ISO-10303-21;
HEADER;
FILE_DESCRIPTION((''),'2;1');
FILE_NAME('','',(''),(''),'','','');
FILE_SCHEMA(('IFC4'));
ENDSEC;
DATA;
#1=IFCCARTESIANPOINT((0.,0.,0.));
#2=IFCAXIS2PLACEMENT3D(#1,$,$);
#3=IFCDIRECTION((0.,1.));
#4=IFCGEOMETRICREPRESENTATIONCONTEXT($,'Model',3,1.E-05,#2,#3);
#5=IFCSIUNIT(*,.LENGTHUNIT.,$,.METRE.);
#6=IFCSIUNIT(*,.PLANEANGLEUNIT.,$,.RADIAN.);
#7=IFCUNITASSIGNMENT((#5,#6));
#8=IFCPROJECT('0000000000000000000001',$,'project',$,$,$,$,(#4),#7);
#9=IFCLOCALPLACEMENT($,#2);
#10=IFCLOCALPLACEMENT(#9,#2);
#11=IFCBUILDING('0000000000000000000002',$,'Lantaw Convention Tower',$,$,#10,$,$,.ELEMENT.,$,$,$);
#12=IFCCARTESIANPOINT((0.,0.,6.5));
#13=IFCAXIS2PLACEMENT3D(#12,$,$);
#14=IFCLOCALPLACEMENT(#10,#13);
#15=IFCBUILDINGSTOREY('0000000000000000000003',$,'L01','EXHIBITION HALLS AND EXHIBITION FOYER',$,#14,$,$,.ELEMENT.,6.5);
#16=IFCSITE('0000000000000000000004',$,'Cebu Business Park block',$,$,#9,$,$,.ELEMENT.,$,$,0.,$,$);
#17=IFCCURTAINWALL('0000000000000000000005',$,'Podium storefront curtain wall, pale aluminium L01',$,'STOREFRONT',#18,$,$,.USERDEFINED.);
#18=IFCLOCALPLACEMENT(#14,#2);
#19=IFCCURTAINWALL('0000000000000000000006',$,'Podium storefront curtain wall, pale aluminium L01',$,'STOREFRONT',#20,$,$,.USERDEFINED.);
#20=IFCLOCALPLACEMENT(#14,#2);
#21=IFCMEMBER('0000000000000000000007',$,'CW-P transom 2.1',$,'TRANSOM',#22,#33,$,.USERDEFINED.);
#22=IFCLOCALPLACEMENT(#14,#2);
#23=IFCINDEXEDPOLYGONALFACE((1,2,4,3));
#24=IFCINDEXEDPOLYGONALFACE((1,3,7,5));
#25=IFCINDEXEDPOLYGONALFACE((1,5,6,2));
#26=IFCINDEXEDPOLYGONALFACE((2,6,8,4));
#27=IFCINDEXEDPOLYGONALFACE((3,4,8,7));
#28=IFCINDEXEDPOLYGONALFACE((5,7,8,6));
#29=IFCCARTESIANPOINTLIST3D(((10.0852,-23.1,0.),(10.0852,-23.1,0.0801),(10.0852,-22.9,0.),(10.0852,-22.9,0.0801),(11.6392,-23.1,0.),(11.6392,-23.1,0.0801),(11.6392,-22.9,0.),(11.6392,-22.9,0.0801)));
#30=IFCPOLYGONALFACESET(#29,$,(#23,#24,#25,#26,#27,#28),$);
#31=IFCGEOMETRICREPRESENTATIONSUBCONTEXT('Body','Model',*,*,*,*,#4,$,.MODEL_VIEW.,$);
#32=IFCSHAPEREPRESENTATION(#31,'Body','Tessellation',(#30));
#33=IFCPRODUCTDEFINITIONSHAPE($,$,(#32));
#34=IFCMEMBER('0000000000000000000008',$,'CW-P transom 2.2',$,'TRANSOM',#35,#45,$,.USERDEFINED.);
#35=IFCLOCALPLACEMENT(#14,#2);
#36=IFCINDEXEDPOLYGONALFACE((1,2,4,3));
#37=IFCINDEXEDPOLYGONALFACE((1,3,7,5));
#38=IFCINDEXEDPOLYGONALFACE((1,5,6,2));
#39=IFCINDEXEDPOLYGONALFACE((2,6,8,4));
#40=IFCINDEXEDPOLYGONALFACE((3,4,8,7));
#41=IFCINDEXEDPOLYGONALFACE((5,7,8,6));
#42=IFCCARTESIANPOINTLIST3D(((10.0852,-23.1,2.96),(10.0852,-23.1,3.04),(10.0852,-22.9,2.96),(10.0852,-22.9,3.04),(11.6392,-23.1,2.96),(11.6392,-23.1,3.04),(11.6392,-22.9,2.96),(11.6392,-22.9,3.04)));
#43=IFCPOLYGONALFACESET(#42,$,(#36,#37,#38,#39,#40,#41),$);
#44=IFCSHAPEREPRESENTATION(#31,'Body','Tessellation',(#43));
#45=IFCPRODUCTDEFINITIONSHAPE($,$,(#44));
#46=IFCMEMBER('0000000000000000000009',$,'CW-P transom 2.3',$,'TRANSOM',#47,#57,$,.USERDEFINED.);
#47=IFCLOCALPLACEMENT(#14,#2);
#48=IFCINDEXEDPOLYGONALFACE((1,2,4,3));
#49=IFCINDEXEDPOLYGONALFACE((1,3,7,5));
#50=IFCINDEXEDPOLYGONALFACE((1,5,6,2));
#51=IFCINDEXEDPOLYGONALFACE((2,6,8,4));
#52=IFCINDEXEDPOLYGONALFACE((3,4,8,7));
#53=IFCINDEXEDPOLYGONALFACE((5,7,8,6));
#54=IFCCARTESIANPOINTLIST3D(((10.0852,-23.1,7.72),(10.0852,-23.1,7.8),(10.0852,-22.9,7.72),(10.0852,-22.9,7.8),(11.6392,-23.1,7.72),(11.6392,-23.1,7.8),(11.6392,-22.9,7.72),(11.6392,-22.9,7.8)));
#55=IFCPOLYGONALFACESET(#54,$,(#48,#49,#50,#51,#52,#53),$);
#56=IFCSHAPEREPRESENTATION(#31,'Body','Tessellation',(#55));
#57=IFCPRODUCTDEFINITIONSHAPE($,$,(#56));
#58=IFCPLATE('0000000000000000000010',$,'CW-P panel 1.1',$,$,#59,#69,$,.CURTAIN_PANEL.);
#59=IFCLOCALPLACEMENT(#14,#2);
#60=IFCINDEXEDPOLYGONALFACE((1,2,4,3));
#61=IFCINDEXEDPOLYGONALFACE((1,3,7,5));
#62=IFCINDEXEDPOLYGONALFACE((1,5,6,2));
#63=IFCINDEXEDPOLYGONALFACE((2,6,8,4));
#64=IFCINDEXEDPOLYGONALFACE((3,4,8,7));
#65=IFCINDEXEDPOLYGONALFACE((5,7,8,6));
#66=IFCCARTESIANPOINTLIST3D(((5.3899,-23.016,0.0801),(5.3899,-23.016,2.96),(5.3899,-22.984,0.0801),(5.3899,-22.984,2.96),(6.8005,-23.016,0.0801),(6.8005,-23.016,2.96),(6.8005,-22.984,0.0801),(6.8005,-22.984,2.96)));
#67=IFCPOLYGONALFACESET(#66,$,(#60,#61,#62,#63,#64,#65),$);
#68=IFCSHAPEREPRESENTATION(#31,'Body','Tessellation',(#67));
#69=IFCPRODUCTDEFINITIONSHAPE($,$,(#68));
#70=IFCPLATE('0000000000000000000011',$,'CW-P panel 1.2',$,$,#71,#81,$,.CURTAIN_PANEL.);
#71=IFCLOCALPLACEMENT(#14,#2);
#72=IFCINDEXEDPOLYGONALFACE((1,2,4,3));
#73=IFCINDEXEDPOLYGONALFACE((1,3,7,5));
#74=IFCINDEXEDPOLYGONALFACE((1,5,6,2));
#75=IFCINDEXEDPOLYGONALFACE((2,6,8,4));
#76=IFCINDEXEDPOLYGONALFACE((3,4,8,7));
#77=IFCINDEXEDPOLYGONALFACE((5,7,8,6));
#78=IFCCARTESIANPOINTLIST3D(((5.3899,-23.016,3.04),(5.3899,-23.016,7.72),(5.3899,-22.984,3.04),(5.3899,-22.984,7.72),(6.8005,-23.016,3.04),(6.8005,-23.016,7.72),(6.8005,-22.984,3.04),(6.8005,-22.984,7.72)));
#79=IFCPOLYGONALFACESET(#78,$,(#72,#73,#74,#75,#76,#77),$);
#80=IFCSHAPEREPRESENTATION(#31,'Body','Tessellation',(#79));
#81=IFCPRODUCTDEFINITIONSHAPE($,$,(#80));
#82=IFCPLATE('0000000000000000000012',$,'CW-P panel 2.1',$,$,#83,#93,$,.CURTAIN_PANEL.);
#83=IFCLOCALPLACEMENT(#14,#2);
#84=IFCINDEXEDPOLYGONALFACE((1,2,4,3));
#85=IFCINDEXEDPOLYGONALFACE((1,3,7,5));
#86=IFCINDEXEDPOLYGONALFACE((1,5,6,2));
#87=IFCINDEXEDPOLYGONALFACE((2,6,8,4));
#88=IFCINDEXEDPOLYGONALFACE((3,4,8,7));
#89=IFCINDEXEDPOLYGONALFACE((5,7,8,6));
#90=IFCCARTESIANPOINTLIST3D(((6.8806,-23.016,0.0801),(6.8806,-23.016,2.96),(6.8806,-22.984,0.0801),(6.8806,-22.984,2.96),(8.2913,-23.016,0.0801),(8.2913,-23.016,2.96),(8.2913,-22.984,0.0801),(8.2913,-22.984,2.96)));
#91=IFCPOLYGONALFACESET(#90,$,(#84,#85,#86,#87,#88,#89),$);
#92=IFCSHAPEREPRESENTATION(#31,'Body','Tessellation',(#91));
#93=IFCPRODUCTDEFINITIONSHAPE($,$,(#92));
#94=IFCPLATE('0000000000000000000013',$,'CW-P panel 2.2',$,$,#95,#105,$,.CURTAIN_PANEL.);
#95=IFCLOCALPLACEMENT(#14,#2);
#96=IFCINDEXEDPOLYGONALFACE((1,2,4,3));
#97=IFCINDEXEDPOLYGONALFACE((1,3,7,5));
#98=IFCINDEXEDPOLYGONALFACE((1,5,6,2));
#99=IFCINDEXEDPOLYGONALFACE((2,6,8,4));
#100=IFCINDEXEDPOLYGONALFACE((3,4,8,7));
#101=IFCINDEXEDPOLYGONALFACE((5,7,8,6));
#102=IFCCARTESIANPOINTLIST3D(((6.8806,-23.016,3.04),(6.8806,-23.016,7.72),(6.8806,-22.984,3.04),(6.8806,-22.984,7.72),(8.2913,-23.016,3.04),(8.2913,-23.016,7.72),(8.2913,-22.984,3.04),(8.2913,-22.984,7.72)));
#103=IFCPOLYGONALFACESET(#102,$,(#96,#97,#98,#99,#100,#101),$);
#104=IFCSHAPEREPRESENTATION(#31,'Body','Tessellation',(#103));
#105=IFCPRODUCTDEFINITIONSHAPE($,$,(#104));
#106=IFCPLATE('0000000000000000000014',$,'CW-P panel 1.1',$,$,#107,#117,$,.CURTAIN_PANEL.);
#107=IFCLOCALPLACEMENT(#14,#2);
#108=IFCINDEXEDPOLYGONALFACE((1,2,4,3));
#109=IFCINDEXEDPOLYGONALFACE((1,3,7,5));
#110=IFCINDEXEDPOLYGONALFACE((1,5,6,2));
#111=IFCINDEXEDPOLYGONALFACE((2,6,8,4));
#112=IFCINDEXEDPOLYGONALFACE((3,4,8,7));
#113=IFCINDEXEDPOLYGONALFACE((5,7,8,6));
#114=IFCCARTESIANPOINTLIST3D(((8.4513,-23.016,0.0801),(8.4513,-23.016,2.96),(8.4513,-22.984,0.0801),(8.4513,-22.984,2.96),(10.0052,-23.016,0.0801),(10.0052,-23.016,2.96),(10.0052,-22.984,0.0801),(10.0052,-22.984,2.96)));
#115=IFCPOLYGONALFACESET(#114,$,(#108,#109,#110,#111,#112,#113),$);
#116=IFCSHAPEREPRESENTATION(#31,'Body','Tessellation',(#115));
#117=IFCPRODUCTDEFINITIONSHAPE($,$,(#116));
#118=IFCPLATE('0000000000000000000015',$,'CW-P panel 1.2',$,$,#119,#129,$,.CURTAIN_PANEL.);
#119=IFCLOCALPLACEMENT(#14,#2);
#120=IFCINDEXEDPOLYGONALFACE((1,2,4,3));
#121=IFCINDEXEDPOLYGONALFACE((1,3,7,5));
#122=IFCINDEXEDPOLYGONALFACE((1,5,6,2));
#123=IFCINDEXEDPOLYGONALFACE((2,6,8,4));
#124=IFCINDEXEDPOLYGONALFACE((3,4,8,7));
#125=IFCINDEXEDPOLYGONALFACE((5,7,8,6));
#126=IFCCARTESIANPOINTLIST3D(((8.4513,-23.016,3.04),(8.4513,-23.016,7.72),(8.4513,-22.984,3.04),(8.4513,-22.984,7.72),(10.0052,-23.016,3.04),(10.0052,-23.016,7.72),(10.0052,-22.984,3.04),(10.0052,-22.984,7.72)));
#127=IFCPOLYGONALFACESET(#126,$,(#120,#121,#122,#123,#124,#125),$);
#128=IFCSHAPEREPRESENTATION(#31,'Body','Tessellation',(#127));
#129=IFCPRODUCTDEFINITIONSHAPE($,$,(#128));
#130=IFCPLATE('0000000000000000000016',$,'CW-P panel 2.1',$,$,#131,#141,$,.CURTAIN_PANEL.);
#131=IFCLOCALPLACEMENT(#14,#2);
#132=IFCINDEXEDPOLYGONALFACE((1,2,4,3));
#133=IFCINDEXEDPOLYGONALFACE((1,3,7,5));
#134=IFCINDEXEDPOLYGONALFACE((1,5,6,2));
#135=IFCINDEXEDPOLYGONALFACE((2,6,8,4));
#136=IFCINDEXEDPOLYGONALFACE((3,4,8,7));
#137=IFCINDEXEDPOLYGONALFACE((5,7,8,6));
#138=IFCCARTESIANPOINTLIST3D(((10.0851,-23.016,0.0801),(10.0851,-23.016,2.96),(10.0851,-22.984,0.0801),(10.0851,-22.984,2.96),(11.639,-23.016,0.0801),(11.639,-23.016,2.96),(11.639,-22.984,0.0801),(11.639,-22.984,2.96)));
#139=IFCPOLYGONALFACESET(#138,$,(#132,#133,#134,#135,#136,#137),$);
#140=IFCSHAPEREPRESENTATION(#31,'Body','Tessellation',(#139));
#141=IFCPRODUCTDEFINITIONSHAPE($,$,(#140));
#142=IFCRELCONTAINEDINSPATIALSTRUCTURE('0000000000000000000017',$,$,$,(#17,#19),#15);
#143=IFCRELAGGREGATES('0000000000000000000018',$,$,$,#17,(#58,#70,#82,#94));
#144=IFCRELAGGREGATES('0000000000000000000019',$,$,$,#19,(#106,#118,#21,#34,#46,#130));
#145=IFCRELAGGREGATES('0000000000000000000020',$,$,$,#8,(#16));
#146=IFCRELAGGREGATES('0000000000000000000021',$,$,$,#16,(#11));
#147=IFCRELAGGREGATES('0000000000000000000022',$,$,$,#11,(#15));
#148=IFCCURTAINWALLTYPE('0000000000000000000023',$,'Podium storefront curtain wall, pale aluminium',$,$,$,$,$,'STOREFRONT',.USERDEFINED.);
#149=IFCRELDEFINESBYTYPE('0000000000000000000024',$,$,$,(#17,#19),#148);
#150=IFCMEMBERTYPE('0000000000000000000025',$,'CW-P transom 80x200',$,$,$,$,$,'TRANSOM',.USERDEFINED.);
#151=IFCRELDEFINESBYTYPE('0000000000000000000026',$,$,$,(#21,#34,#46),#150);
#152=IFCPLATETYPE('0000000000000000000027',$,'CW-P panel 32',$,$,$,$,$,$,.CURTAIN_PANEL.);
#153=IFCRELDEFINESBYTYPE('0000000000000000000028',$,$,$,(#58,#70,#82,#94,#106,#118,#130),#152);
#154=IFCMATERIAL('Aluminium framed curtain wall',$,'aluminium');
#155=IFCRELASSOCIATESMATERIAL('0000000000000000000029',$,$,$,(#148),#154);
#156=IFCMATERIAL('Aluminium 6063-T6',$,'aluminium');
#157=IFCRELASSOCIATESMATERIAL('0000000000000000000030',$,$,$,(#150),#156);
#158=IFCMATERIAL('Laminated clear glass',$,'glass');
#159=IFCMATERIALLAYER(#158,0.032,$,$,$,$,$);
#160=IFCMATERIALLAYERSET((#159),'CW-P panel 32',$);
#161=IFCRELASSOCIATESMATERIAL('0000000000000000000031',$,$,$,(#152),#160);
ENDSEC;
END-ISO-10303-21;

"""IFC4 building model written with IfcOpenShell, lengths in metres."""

from ifc_helpers import new_model, si_unit, direction, frame, origin, origin_2d, place, context, subcontext, project, spatial, rectangle, extrude, material, layer, layer_set, material_profile, profile_set, type_object, element, aggregate, save


model = new_model("IFC4")

# Units and contexts
model_context = context("Model", 3, precision=1e-05, world=origin(), true_north=direction((0.0, 1.0)))
body_context = subcontext(model_context, "Body", "Model", "MODEL_VIEW")
ifc_project = project(units=[si_unit("LENGTHUNIT", "METRE"), si_unit("PLANEANGLEUNIT", "RADIAN")], contexts=[model_context])

# Site, building, storey
site_placement = place(None, origin())
site = spatial("IfcSite", under=ifc_project, at=site_placement, Name="Cebu Business Park block", CompositionType="ELEMENT", RefElevation=0.0)
building_placement = place(site_placement, origin())
building = spatial("IfcBuilding", under=site, at=building_placement, Name="Lantaw Convention Tower", CompositionType="ELEMENT")
storey_placement = place(building_placement, frame((0.0, 0.0, 6.5)))
storey = spatial("IfcBuildingStorey", under=building, at=storey_placement, Name="L01", Description="EXHIBITION HALLS AND EXHIBITION FOYER", CompositionType="ELEMENT", Elevation=6.5)

# Shared definitions
ifc_material_1 = material(Name="Aluminium framed curtain wall", Category="aluminium")
curtain_wall_type = type_object("IfcCurtainWallType", Name="Podium storefront curtain wall, pale aluminium", ElementType="STOREFRONT", PredefinedType="USERDEFINED", material=ifc_material_1)
ifc_material_2 = material(Name="Aluminium 6063-T6", Category="aluminium")

# Curtain walls
curtain_wall_1_placement = place(storey_placement, origin())
curtain_wall_1 = element("IfcCurtainWall", 1, at=curtain_wall_1_placement, inside=storey, type_object=curtain_wall_type, Name="Podium storefront curtain wall, pale aluminium L01", ObjectType="STOREFRONT", PredefinedType="USERDEFINED")
curtain_wall_2_placement = place(storey_placement, origin())
curtain_wall_2 = element("IfcCurtainWall", 2, at=curtain_wall_2_placement, inside=storey, type_object=curtain_wall_type, Name="Podium storefront curtain wall, pale aluminium L01", ObjectType="STOREFRONT", PredefinedType="USERDEFINED")

# Members
ifc_material_profile_1 = material_profile(ifc_material_2, rectangle(XDim=0.2, YDim=0.0801, at=origin_2d()), Name="CW-P transom 80x200")
ifc_profile_set_1 = profile_set([ifc_material_profile_1], Name="Aluminium 6063-T6")
member_type_1 = type_object("IfcMemberType", Name="CW-P transom 80x200", ElementType="TRANSOM", PredefinedType="USERDEFINED", material=ifc_profile_set_1)
member_1_placement = place(storey_placement, frame((10.0852, -23.0, 0.04), z_axis=(1.0, 0.0, 0.0), x_axis=(0.0, 1.0, 0.0)))
member_1 = element("IfcMember", 3, at=member_1_placement, type_object=member_type_1, Name="CW-P transom 2.1", ObjectType="TRANSOM", PredefinedType="USERDEFINED", context=body_context, shape_type="SweptSolid", body=[
    extrude(rectangle(XDim=0.2, YDim=0.0801, at=origin_2d()), origin(), (0.0, 0.0, 1.0), 1.554),
])
member_2_placement = place(storey_placement, frame((10.0852, -23.0, 3.0), z_axis=(1.0, 0.0, 0.0), x_axis=(0.0, 1.0, 0.0)))
member_2 = element("IfcMember", 4, at=member_2_placement, type_object=member_type_1, Name="CW-P transom 2.2", ObjectType="TRANSOM", PredefinedType="USERDEFINED", context=body_context, shape_type="SweptSolid", body=[
    extrude(rectangle(XDim=0.2, YDim=0.0801, at=origin_2d()), origin(), (0.0, 0.0, 1.0), 1.554),
])
member_3_placement = place(storey_placement, frame((10.0852, -23.0, 7.76), z_axis=(1.0, 0.0, 0.0), x_axis=(0.0, 1.0, 0.0)))
member_3 = element("IfcMember", 5, at=member_3_placement, type_object=member_type_1, Name="CW-P transom 2.3", ObjectType="TRANSOM", PredefinedType="USERDEFINED", context=body_context, shape_type="SweptSolid", body=[
    extrude(rectangle(XDim=0.2, YDim=0.0801, at=origin_2d()), origin(), (0.0, 0.0, 1.0), 1.554),
])

# Plates
ifc_material_3 = material(Name="Laminated clear glass", Category="glass")
ifc_layer = layer(ifc_material_3, 0.032)
ifc_layer_set = layer_set([ifc_layer], Name="CW-P panel 32")
plate_type = type_object("IfcPlateType", Name="CW-P panel 32", PredefinedType="CURTAIN_PANEL", material=ifc_layer_set)
plate_1_placement = place(storey_placement, frame((6.0952, -23.0, 0.0801), z_axis=(0.0, 0.0, 1.0), x_axis=(1.0, 0.0, 0.0)))
plate_1 = element("IfcPlate", 6, at=plate_1_placement, type_object=plate_type, Name="CW-P panel 1.1", PredefinedType="CURTAIN_PANEL", context=body_context, shape_type="SweptSolid", body=[
    extrude(rectangle(XDim=1.4106, YDim=0.032, at=origin_2d()), origin(), (0.0, 0.0, 1.0), 2.8799),
])
plate_2_placement = place(storey_placement, frame((6.0952, -23.0, 3.04), z_axis=(0.0, 0.0, 1.0), x_axis=(1.0, 0.0, 0.0)))
plate_2 = element("IfcPlate", 7, at=plate_2_placement, type_object=plate_type, Name="CW-P panel 1.2", PredefinedType="CURTAIN_PANEL", context=body_context, shape_type="SweptSolid", body=[
    extrude(rectangle(XDim=1.4106, YDim=0.032, at=origin_2d()), origin(), (0.0, 0.0, 1.0), 4.6799),
])
plate_3_placement = place(storey_placement, frame((7.5859, -23.0, 0.0801), z_axis=(0.0, 0.0, 1.0), x_axis=(1.0, 0.0, 0.0)))
plate_3 = element("IfcPlate", 8, at=plate_3_placement, type_object=plate_type, Name="CW-P panel 2.1", PredefinedType="CURTAIN_PANEL", context=body_context, shape_type="SweptSolid", body=[
    extrude(rectangle(XDim=1.4106, YDim=0.032, at=origin_2d()), origin(), (0.0, 0.0, 1.0), 2.8799),
])
plate_4_placement = place(storey_placement, frame((7.5859, -23.0, 3.04), z_axis=(0.0, 0.0, 1.0), x_axis=(1.0, 0.0, 0.0)))
plate_4 = element("IfcPlate", 9, at=plate_4_placement, type_object=plate_type, Name="CW-P panel 2.2", PredefinedType="CURTAIN_PANEL", context=body_context, shape_type="SweptSolid", body=[
    extrude(rectangle(XDim=1.4106, YDim=0.032, at=origin_2d()), origin(), (0.0, 0.0, 1.0), 4.6799),
])
aggregate(curtain_wall_1, [plate_1, plate_2, plate_3, plate_4])
plate_5_placement = place(storey_placement, frame((9.2283, -23.0, 0.0801), z_axis=(0.0, 0.0, 1.0), x_axis=(1.0, 0.0, 0.0)))
plate_5 = element("IfcPlate", 10, at=plate_5_placement, type_object=plate_type, Name="CW-P panel 1.1", PredefinedType="CURTAIN_PANEL", context=body_context, shape_type="SweptSolid", body=[
    extrude(rectangle(XDim=1.554, YDim=0.032, at=origin_2d()), origin(), (0.0, 0.0, 1.0), 2.8799),
])
plate_6_placement = place(storey_placement, frame((9.2283, -23.0, 3.04), z_axis=(0.0, 0.0, 1.0), x_axis=(1.0, 0.0, 0.0)))
plate_6 = element("IfcPlate", 11, at=plate_6_placement, type_object=plate_type, Name="CW-P panel 1.2", PredefinedType="CURTAIN_PANEL", context=body_context, shape_type="SweptSolid", body=[
    extrude(rectangle(XDim=1.554, YDim=0.032, at=origin_2d()), origin(), (0.0, 0.0, 1.0), 4.6799),
])
plate_7_placement = place(storey_placement, frame((10.8621, -23.0, 0.0801), z_axis=(0.0, 0.0, 1.0), x_axis=(1.0, 0.0, 0.0)))
plate_7 = element("IfcPlate", 12, at=plate_7_placement, type_object=plate_type, Name="CW-P panel 2.1", PredefinedType="CURTAIN_PANEL", context=body_context, shape_type="SweptSolid", body=[
    extrude(rectangle(XDim=1.554, YDim=0.032, at=origin_2d()), origin(), (0.0, 0.0, 1.0), 2.8799),
])
aggregate(curtain_wall_2, [plate_5, plate_6, member_1, member_2, member_3, plate_7])

save(model, "model.ifc")
